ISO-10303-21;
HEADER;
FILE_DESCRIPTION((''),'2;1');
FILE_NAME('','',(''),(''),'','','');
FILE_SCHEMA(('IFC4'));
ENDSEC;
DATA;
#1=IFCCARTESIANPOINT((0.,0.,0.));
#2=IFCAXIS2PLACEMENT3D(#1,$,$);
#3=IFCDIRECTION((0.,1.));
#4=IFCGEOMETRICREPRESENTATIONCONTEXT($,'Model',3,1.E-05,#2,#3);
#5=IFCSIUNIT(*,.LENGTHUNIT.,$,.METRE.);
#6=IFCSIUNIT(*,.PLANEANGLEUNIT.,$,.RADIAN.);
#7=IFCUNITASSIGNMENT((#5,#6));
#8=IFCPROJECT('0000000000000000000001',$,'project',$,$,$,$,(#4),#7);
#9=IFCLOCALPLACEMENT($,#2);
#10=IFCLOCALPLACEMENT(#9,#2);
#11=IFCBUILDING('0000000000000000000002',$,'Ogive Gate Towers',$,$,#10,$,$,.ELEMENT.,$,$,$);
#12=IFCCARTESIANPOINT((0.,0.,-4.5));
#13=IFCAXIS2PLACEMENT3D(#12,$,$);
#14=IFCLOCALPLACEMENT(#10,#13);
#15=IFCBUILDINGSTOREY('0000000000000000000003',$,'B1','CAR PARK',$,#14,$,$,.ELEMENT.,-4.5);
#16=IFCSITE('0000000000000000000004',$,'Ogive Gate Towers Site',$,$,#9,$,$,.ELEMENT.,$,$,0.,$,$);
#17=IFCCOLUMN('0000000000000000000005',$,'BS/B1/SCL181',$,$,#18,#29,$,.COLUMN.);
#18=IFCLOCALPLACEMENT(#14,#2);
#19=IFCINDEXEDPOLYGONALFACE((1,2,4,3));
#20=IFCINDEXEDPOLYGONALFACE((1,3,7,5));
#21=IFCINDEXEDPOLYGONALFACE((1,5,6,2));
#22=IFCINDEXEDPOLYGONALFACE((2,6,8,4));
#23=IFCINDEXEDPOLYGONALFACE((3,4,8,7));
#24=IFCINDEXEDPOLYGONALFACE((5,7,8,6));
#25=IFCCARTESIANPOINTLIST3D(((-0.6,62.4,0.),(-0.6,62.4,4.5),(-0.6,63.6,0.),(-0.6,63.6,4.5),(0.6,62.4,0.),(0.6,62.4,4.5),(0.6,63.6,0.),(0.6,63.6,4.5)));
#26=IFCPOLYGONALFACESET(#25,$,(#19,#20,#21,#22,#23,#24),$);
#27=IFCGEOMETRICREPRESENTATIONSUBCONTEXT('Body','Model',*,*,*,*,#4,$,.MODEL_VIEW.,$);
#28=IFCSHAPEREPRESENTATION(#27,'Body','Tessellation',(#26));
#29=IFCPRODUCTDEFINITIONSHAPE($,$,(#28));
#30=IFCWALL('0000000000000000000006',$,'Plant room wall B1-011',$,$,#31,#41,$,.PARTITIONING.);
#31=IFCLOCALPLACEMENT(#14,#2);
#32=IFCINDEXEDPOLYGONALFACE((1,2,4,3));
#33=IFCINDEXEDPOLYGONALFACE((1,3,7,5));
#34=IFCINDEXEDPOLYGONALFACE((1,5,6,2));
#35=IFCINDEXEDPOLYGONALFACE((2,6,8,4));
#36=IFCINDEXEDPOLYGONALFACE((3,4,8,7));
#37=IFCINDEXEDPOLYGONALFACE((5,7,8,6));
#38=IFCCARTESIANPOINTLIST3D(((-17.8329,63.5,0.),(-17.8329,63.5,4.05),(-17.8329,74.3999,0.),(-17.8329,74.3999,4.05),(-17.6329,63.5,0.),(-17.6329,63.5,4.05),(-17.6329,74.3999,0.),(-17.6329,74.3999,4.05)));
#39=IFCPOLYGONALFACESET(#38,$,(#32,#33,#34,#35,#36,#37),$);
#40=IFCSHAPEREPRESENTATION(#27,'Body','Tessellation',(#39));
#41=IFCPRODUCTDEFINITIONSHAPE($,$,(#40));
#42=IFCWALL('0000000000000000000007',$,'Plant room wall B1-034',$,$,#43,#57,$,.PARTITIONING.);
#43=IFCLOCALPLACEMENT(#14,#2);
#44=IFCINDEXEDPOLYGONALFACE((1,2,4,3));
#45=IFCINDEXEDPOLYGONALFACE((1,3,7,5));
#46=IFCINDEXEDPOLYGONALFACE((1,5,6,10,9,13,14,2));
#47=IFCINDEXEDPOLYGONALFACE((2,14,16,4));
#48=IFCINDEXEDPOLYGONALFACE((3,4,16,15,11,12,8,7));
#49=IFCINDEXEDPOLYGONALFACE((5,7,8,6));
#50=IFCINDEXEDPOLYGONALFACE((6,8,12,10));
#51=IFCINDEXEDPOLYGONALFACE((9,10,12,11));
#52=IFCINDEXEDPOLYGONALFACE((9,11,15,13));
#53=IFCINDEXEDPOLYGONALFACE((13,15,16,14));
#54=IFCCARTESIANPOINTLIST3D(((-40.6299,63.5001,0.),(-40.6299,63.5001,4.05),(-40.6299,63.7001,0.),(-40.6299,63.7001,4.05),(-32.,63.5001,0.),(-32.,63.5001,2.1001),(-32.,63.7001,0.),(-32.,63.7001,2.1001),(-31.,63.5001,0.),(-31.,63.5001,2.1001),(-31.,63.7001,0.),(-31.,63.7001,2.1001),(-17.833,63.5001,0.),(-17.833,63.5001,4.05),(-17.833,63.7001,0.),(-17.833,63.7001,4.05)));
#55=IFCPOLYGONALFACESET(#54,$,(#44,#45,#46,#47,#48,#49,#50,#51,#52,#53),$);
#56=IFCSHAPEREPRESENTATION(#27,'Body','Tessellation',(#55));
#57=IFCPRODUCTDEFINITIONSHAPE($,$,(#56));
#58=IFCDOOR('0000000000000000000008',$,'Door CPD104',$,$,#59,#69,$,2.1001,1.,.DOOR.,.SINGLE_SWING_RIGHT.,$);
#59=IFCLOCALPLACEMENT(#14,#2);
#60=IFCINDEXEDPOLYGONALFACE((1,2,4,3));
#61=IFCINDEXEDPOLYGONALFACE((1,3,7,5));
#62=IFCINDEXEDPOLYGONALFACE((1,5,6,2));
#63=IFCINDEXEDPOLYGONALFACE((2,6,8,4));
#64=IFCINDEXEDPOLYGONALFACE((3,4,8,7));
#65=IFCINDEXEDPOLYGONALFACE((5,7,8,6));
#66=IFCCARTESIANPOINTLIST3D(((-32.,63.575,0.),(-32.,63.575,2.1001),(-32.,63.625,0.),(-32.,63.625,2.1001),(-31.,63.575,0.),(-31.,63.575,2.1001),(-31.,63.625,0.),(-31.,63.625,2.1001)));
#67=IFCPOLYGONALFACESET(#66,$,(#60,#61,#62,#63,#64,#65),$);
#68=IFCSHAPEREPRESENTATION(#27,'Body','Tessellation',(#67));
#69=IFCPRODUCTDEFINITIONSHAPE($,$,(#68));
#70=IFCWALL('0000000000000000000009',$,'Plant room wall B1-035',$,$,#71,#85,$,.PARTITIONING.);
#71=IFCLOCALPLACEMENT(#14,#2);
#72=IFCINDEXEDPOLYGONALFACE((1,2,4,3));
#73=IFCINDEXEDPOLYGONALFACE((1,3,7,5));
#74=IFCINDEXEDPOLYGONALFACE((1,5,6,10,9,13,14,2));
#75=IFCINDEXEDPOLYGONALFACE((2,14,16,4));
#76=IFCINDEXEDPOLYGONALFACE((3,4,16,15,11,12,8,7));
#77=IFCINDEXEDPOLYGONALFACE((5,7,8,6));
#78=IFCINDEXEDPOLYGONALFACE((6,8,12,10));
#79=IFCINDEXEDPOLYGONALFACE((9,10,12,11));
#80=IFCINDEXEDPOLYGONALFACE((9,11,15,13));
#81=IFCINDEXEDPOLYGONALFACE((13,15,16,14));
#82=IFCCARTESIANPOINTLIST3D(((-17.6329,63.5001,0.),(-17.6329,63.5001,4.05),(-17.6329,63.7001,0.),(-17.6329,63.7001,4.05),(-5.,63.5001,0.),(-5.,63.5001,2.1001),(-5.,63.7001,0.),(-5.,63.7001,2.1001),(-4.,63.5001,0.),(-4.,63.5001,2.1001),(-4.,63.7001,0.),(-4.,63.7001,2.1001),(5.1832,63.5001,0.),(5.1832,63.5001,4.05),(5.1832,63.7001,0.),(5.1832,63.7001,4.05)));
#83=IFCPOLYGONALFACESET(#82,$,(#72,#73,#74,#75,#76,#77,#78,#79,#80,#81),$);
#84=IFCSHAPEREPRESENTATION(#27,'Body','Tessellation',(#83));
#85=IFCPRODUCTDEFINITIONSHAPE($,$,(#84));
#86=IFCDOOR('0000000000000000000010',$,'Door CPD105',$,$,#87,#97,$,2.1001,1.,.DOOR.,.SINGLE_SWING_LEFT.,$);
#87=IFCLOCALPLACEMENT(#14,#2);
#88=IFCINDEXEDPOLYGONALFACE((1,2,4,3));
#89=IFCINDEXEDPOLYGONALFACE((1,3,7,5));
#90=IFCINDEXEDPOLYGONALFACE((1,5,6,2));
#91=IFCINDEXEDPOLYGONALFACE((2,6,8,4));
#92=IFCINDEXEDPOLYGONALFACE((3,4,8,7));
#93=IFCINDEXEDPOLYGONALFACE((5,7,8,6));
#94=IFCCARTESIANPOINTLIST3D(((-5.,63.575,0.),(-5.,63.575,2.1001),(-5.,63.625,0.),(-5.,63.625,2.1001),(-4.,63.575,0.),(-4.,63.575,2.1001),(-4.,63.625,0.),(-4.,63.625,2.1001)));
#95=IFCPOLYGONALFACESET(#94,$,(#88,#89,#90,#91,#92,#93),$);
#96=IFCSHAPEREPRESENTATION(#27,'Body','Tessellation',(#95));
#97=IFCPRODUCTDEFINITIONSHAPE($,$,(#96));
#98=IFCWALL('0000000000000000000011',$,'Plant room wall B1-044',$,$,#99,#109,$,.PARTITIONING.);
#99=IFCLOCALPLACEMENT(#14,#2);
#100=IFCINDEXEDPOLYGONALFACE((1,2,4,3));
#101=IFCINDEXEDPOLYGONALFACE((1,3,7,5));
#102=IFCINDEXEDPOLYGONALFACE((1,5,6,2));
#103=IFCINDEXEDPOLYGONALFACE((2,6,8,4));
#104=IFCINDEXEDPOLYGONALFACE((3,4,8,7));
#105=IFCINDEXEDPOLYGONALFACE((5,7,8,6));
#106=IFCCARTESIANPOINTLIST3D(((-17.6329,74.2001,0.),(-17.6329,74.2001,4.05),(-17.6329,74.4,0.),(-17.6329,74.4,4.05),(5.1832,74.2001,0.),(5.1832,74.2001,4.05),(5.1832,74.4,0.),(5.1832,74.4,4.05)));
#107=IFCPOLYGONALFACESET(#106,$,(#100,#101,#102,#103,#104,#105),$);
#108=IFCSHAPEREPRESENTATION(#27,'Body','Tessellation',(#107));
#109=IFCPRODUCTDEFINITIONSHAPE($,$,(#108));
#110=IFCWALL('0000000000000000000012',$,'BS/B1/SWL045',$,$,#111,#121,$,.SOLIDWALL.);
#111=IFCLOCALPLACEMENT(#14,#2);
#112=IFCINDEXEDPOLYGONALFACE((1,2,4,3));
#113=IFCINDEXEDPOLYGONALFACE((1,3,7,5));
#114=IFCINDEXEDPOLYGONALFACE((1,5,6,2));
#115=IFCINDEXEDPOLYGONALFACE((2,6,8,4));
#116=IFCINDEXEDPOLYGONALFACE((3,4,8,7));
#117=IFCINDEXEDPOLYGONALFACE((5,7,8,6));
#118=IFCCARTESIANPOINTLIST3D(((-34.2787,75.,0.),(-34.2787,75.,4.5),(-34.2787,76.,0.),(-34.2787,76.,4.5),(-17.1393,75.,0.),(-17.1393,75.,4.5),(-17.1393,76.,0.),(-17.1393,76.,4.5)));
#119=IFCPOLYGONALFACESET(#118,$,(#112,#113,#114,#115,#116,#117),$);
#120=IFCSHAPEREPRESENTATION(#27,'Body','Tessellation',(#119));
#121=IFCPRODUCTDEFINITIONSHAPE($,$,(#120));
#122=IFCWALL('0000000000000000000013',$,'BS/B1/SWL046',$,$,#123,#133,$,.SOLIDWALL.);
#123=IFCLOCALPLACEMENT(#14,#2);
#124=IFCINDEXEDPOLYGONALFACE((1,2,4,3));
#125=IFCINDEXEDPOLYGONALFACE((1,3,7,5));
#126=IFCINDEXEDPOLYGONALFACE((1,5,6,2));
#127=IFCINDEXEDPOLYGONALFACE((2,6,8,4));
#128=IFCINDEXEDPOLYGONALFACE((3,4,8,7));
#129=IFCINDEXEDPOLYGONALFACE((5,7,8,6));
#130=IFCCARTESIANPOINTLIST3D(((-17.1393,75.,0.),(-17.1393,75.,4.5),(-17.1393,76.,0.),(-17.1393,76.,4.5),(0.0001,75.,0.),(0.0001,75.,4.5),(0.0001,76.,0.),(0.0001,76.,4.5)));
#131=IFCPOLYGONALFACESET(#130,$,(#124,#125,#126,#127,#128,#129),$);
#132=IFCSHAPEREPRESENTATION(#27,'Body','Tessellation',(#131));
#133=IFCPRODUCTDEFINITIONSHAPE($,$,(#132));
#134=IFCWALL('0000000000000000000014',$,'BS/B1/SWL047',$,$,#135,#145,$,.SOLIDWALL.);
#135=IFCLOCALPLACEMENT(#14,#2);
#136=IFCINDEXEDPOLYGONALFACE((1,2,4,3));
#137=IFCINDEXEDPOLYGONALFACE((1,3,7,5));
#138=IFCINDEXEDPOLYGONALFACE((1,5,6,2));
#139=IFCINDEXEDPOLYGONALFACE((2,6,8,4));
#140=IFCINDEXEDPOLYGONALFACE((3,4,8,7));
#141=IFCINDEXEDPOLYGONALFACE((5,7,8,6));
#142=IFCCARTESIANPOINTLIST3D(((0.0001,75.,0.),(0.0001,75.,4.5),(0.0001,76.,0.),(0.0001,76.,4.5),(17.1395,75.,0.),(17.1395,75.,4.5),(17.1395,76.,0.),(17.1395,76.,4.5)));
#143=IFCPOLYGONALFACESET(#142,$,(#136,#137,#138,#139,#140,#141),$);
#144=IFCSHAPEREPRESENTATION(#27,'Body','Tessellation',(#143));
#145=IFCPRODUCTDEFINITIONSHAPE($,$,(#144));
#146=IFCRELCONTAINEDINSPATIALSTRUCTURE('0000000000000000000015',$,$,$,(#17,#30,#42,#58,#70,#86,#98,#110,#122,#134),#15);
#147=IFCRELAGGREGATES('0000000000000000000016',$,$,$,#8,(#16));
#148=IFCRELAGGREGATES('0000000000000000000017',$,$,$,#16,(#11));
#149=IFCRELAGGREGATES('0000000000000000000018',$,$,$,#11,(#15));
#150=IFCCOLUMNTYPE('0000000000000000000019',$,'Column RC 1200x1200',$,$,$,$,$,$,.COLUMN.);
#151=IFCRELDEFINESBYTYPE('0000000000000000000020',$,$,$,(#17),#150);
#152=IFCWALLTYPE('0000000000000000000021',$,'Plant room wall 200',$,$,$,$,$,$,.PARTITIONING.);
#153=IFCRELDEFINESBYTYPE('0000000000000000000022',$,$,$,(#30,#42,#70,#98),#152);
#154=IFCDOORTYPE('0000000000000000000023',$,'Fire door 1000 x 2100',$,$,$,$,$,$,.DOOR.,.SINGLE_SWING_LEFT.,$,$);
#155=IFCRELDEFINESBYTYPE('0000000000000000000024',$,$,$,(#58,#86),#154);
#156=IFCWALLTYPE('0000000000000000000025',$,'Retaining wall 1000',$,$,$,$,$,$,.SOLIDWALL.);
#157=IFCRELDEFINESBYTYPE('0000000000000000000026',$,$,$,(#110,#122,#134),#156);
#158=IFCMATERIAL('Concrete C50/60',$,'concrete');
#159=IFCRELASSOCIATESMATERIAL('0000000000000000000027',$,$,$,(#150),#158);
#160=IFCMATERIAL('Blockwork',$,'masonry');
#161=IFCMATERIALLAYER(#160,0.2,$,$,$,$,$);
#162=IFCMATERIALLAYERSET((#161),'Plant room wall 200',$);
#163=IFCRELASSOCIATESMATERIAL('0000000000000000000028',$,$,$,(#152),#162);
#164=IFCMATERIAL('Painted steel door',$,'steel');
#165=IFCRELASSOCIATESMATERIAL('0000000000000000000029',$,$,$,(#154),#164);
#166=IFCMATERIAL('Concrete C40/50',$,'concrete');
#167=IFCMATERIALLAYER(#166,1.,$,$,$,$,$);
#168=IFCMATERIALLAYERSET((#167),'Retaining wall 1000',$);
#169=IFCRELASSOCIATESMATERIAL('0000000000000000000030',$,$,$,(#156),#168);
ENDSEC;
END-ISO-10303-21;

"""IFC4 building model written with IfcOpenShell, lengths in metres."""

from ifc_helpers import new_model, si_unit, direction, frame, frame_2d, origin, origin_2d, place, context, subcontext, project, spatial, rectangle, extrude, material, layer, layer_set, material_profile, profile_set, type_object, element, fill, save


model = new_model("IFC4")

# Units and contexts
model_context = context("Model", 3, precision=1e-05, world=origin(), true_north=direction((0.0, 1.0)))
body_context = subcontext(model_context, "Body", "Model", "MODEL_VIEW")
ifc_project = project(units=[si_unit("LENGTHUNIT", "METRE"), si_unit("PLANEANGLEUNIT", "RADIAN")], contexts=[model_context])

# Site, building, storey
site_placement = place(None, origin())
site = spatial("IfcSite", under=ifc_project, at=site_placement, Name="Ogive Gate Towers Site", CompositionType="ELEMENT", RefElevation=0.0)
building_placement = place(site_placement, origin())
building = spatial("IfcBuilding", under=site, at=building_placement, Name="Ogive Gate Towers", CompositionType="ELEMENT")
storey_placement = place(building_placement, frame((0.0, 0.0, -4.5)))
storey = spatial("IfcBuildingStorey", under=building, at=storey_placement, Name="B1", Description="CAR PARK", CompositionType="ELEMENT", Elevation=-4.5)

# Column
ifc_material_1 = material(Name="Concrete C50/60", Category="concrete")
ifc_material_profile = material_profile(ifc_material_1, rectangle(XDim=1.2, YDim=1.2, at=origin_2d()), Name="RC 1200x1200")
ifc_profile_set = profile_set([ifc_material_profile], Name="Concrete C50/60")
column_type = type_object("IfcColumnType", Name="Column RC 1200x1200", PredefinedType="COLUMN", material=ifc_profile_set)
for number, where, z_axis, x_axis, name in (
    (1, (0.0, 63.0, 0.0), (0.0, 0.0, 1.0), (1.0, 0.0, 0.0), "BS/B1/SCL181"),
):
    element("IfcColumn", number, at=place(storey_placement, frame(where, z_axis=z_axis, x_axis=x_axis)), inside=storey, type_object=column_type, Name=name, PredefinedType="COLUMN", context=body_context, shape_type="SweptSolid", body=[
        extrude(rectangle(XDim=1.2, YDim=1.2, at=origin_2d()), origin(), (0.0, 0.0, 1.0), 4.5),
    ])

# Wall
ifc_material_2 = material(Name="Blockwork", Category="masonry")
ifc_layer_1 = layer(ifc_material_2, 0.2)
ifc_layer_set_1 = layer_set([ifc_layer_1], Name="Plant room wall 200")
wall_type_1 = type_object("IfcWallType", Name="Plant room wall 200", PredefinedType="PARTITIONING", material=ifc_layer_set_1)
wall_1_placement = place(storey_placement, frame((-17.7329, 63.5, 0.0), z_axis=(0.0, 0.0, 1.0), x_axis=(0.0, 1.0, 0.0)))
element("IfcWall", 2, at=wall_1_placement, inside=storey, type_object=wall_type_1, Name="Plant room wall B1-011", PredefinedType="PARTITIONING", context=body_context, shape_type="SweptSolid", body=[
    extrude(rectangle(XDim=10.8999, YDim=0.2, at=frame_2d((5.45, 0.0))), origin(), (0.0, 0.0, 1.0), 4.05),
])

# Walls, openings, doors
wall_2_placement = place(storey_placement, frame((-40.6299, 63.6001, 0.0), z_axis=(0.0, 0.0, 1.0), x_axis=(1.0, 0.0, 0.0)))
wall_2 = element("IfcWall", 3, at=wall_2_placement, inside=storey, type_object=wall_type_1, Name="Plant room wall B1-034", PredefinedType="PARTITIONING", context=body_context, shape_type="SweptSolid", body=[
    extrude(rectangle(XDim=22.7969, YDim=0.2, at=frame_2d((11.3984, 0.0))), origin(), (0.0, 0.0, 1.0), 4.05),
])
opening_1_placement = place(wall_2_placement, frame((8.6299, 0.0, 0.0)))
opening_1 = element("IfcOpeningElement", 4, at=opening_1_placement, cuts=wall_2, PredefinedType="OPENING", context=body_context, shape_type="SweptSolid", body=[
    extrude(rectangle(XDim=1.0, YDim=2.1001, at=frame_2d((0.5, 1.05))), frame((0.0, 0.1099, 0.0), z_axis=(0.0, -1.0, 0.0), x_axis=(1.0, 0.0, 0.0)), (0.0, 0.0, 1.0), 0.22),
])
ifc_material_3 = material(Name="Painted steel door", Category="steel")
door_type = type_object("IfcDoorType", Name="Fire door 1000 x 2100", OperationType="SINGLE_SWING_LEFT", PredefinedType="DOOR", material=ifc_material_3)
door_1_placement = place(opening_1_placement, origin())
door_1 = element("IfcDoor", 5, at=door_1_placement, inside=storey, type_object=door_type, Name="Door CPD104", OperationType="SINGLE_SWING_RIGHT", OverallHeight=2.1001, OverallWidth=1.0, PredefinedType="DOOR", context=body_context, shape_type="SweptSolid", body=[
    extrude(rectangle(XDim=1.0, YDim=2.1001, at=frame_2d((0.5, 1.05))), frame((0.0, 0.0249, 0.0), z_axis=(0.0, -1.0, 0.0), x_axis=(1.0, 0.0, 0.0)), (0.0, 0.0, 1.0), 0.05),
])
fill(opening_1, door_1)
wall_3_placement = place(storey_placement, frame((-17.6331, 63.6001, 0.0), z_axis=(0.0, 0.0, 1.0), x_axis=(1.0, 0.0, 0.0)))
wall_3 = element("IfcWall", 6, at=wall_3_placement, inside=storey, type_object=wall_type_1, Name="Plant room wall B1-035", PredefinedType="PARTITIONING", context=body_context, shape_type="SweptSolid", body=[
    extrude(rectangle(XDim=22.8162, YDim=0.2, at=frame_2d((11.4082, 0.0))), origin(), (0.0, 0.0, 1.0), 4.05),
])
opening_2_placement = place(wall_3_placement, frame((12.6331, 0.0, 0.0)))
opening_2 = element("IfcOpeningElement", 7, at=opening_2_placement, cuts=wall_3, PredefinedType="OPENING", context=body_context, shape_type="SweptSolid", body=[
    extrude(rectangle(XDim=1.0, YDim=2.1001, at=frame_2d((0.5, 1.05))), frame((0.0, 0.1099, 0.0), z_axis=(0.0, -1.0, 0.0), x_axis=(1.0, 0.0, 0.0)), (0.0, 0.0, 1.0), 0.22),
])
door_2_placement = place(opening_2_placement, origin())
door_2 = element("IfcDoor", 8, at=door_2_placement, inside=storey, type_object=door_type, Name="Door CPD105", OperationType="SINGLE_SWING_LEFT", OverallHeight=2.1001, OverallWidth=1.0, PredefinedType="DOOR", context=body_context, shape_type="SweptSolid", body=[
    extrude(rectangle(XDim=1.0, YDim=2.1001, at=frame_2d((0.5, 1.05))), frame((0.0, 0.0249, 0.0), z_axis=(0.0, -1.0, 0.0), x_axis=(1.0, 0.0, 0.0)), (0.0, 0.0, 1.0), 0.05),
])
fill(opening_2, door_2)

# Walls
wall_4_placement = place(storey_placement, frame((-17.6331, 74.3, 0.0), z_axis=(0.0, 0.0, 1.0), x_axis=(1.0, 0.0, 0.0)))
element("IfcWall", 9, at=wall_4_placement, inside=storey, type_object=wall_type_1, Name="Plant room wall B1-044", PredefinedType="PARTITIONING", context=body_context, shape_type="SweptSolid", body=[
    extrude(rectangle(XDim=22.8162, YDim=0.2, at=frame_2d((11.4082, 0.0))), origin(), (0.0, 0.0, 1.0), 4.05),
])
ifc_material_4 = material(Name="Concrete C40/50", Category="concrete")
ifc_layer_2 = layer(ifc_material_4, 1.0)
ifc_layer_set_2 = layer_set([ifc_layer_2], Name="Retaining wall 1000")
wall_type_2 = type_object("IfcWallType", Name="Retaining wall 1000", PredefinedType="SOLIDWALL", material=ifc_layer_set_2)
for number, where, z_axis, x_axis, name in (
    (10, (-34.2788, 75.5, 0.0), (0.0, 0.0, 1.0), (1.0, 0.0, 0.0), "BS/B1/SWL045"),
    (11, (-17.1394, 75.5, 0.0), (0.0, 0.0, 1.0), (1.0, 0.0, 0.0), "BS/B1/SWL046"),
    (12, (0.0, 75.5, 0.0), (0.0, 0.0, 1.0), (1.0, 0.0, 0.0), "BS/B1/SWL047"),
):
    element("IfcWall", number, at=place(storey_placement, frame(where, z_axis=z_axis, x_axis=x_axis)), inside=storey, type_object=wall_type_2, Name=name, PredefinedType="SOLIDWALL", context=body_context, shape_type="SweptSolid", body=[
        extrude(rectangle(XDim=17.1394, YDim=1.0, at=frame_2d((8.5698, 0.0))), origin(), (0.0, 0.0, 1.0), 4.5),
    ])

save(model, "model.ifc")
